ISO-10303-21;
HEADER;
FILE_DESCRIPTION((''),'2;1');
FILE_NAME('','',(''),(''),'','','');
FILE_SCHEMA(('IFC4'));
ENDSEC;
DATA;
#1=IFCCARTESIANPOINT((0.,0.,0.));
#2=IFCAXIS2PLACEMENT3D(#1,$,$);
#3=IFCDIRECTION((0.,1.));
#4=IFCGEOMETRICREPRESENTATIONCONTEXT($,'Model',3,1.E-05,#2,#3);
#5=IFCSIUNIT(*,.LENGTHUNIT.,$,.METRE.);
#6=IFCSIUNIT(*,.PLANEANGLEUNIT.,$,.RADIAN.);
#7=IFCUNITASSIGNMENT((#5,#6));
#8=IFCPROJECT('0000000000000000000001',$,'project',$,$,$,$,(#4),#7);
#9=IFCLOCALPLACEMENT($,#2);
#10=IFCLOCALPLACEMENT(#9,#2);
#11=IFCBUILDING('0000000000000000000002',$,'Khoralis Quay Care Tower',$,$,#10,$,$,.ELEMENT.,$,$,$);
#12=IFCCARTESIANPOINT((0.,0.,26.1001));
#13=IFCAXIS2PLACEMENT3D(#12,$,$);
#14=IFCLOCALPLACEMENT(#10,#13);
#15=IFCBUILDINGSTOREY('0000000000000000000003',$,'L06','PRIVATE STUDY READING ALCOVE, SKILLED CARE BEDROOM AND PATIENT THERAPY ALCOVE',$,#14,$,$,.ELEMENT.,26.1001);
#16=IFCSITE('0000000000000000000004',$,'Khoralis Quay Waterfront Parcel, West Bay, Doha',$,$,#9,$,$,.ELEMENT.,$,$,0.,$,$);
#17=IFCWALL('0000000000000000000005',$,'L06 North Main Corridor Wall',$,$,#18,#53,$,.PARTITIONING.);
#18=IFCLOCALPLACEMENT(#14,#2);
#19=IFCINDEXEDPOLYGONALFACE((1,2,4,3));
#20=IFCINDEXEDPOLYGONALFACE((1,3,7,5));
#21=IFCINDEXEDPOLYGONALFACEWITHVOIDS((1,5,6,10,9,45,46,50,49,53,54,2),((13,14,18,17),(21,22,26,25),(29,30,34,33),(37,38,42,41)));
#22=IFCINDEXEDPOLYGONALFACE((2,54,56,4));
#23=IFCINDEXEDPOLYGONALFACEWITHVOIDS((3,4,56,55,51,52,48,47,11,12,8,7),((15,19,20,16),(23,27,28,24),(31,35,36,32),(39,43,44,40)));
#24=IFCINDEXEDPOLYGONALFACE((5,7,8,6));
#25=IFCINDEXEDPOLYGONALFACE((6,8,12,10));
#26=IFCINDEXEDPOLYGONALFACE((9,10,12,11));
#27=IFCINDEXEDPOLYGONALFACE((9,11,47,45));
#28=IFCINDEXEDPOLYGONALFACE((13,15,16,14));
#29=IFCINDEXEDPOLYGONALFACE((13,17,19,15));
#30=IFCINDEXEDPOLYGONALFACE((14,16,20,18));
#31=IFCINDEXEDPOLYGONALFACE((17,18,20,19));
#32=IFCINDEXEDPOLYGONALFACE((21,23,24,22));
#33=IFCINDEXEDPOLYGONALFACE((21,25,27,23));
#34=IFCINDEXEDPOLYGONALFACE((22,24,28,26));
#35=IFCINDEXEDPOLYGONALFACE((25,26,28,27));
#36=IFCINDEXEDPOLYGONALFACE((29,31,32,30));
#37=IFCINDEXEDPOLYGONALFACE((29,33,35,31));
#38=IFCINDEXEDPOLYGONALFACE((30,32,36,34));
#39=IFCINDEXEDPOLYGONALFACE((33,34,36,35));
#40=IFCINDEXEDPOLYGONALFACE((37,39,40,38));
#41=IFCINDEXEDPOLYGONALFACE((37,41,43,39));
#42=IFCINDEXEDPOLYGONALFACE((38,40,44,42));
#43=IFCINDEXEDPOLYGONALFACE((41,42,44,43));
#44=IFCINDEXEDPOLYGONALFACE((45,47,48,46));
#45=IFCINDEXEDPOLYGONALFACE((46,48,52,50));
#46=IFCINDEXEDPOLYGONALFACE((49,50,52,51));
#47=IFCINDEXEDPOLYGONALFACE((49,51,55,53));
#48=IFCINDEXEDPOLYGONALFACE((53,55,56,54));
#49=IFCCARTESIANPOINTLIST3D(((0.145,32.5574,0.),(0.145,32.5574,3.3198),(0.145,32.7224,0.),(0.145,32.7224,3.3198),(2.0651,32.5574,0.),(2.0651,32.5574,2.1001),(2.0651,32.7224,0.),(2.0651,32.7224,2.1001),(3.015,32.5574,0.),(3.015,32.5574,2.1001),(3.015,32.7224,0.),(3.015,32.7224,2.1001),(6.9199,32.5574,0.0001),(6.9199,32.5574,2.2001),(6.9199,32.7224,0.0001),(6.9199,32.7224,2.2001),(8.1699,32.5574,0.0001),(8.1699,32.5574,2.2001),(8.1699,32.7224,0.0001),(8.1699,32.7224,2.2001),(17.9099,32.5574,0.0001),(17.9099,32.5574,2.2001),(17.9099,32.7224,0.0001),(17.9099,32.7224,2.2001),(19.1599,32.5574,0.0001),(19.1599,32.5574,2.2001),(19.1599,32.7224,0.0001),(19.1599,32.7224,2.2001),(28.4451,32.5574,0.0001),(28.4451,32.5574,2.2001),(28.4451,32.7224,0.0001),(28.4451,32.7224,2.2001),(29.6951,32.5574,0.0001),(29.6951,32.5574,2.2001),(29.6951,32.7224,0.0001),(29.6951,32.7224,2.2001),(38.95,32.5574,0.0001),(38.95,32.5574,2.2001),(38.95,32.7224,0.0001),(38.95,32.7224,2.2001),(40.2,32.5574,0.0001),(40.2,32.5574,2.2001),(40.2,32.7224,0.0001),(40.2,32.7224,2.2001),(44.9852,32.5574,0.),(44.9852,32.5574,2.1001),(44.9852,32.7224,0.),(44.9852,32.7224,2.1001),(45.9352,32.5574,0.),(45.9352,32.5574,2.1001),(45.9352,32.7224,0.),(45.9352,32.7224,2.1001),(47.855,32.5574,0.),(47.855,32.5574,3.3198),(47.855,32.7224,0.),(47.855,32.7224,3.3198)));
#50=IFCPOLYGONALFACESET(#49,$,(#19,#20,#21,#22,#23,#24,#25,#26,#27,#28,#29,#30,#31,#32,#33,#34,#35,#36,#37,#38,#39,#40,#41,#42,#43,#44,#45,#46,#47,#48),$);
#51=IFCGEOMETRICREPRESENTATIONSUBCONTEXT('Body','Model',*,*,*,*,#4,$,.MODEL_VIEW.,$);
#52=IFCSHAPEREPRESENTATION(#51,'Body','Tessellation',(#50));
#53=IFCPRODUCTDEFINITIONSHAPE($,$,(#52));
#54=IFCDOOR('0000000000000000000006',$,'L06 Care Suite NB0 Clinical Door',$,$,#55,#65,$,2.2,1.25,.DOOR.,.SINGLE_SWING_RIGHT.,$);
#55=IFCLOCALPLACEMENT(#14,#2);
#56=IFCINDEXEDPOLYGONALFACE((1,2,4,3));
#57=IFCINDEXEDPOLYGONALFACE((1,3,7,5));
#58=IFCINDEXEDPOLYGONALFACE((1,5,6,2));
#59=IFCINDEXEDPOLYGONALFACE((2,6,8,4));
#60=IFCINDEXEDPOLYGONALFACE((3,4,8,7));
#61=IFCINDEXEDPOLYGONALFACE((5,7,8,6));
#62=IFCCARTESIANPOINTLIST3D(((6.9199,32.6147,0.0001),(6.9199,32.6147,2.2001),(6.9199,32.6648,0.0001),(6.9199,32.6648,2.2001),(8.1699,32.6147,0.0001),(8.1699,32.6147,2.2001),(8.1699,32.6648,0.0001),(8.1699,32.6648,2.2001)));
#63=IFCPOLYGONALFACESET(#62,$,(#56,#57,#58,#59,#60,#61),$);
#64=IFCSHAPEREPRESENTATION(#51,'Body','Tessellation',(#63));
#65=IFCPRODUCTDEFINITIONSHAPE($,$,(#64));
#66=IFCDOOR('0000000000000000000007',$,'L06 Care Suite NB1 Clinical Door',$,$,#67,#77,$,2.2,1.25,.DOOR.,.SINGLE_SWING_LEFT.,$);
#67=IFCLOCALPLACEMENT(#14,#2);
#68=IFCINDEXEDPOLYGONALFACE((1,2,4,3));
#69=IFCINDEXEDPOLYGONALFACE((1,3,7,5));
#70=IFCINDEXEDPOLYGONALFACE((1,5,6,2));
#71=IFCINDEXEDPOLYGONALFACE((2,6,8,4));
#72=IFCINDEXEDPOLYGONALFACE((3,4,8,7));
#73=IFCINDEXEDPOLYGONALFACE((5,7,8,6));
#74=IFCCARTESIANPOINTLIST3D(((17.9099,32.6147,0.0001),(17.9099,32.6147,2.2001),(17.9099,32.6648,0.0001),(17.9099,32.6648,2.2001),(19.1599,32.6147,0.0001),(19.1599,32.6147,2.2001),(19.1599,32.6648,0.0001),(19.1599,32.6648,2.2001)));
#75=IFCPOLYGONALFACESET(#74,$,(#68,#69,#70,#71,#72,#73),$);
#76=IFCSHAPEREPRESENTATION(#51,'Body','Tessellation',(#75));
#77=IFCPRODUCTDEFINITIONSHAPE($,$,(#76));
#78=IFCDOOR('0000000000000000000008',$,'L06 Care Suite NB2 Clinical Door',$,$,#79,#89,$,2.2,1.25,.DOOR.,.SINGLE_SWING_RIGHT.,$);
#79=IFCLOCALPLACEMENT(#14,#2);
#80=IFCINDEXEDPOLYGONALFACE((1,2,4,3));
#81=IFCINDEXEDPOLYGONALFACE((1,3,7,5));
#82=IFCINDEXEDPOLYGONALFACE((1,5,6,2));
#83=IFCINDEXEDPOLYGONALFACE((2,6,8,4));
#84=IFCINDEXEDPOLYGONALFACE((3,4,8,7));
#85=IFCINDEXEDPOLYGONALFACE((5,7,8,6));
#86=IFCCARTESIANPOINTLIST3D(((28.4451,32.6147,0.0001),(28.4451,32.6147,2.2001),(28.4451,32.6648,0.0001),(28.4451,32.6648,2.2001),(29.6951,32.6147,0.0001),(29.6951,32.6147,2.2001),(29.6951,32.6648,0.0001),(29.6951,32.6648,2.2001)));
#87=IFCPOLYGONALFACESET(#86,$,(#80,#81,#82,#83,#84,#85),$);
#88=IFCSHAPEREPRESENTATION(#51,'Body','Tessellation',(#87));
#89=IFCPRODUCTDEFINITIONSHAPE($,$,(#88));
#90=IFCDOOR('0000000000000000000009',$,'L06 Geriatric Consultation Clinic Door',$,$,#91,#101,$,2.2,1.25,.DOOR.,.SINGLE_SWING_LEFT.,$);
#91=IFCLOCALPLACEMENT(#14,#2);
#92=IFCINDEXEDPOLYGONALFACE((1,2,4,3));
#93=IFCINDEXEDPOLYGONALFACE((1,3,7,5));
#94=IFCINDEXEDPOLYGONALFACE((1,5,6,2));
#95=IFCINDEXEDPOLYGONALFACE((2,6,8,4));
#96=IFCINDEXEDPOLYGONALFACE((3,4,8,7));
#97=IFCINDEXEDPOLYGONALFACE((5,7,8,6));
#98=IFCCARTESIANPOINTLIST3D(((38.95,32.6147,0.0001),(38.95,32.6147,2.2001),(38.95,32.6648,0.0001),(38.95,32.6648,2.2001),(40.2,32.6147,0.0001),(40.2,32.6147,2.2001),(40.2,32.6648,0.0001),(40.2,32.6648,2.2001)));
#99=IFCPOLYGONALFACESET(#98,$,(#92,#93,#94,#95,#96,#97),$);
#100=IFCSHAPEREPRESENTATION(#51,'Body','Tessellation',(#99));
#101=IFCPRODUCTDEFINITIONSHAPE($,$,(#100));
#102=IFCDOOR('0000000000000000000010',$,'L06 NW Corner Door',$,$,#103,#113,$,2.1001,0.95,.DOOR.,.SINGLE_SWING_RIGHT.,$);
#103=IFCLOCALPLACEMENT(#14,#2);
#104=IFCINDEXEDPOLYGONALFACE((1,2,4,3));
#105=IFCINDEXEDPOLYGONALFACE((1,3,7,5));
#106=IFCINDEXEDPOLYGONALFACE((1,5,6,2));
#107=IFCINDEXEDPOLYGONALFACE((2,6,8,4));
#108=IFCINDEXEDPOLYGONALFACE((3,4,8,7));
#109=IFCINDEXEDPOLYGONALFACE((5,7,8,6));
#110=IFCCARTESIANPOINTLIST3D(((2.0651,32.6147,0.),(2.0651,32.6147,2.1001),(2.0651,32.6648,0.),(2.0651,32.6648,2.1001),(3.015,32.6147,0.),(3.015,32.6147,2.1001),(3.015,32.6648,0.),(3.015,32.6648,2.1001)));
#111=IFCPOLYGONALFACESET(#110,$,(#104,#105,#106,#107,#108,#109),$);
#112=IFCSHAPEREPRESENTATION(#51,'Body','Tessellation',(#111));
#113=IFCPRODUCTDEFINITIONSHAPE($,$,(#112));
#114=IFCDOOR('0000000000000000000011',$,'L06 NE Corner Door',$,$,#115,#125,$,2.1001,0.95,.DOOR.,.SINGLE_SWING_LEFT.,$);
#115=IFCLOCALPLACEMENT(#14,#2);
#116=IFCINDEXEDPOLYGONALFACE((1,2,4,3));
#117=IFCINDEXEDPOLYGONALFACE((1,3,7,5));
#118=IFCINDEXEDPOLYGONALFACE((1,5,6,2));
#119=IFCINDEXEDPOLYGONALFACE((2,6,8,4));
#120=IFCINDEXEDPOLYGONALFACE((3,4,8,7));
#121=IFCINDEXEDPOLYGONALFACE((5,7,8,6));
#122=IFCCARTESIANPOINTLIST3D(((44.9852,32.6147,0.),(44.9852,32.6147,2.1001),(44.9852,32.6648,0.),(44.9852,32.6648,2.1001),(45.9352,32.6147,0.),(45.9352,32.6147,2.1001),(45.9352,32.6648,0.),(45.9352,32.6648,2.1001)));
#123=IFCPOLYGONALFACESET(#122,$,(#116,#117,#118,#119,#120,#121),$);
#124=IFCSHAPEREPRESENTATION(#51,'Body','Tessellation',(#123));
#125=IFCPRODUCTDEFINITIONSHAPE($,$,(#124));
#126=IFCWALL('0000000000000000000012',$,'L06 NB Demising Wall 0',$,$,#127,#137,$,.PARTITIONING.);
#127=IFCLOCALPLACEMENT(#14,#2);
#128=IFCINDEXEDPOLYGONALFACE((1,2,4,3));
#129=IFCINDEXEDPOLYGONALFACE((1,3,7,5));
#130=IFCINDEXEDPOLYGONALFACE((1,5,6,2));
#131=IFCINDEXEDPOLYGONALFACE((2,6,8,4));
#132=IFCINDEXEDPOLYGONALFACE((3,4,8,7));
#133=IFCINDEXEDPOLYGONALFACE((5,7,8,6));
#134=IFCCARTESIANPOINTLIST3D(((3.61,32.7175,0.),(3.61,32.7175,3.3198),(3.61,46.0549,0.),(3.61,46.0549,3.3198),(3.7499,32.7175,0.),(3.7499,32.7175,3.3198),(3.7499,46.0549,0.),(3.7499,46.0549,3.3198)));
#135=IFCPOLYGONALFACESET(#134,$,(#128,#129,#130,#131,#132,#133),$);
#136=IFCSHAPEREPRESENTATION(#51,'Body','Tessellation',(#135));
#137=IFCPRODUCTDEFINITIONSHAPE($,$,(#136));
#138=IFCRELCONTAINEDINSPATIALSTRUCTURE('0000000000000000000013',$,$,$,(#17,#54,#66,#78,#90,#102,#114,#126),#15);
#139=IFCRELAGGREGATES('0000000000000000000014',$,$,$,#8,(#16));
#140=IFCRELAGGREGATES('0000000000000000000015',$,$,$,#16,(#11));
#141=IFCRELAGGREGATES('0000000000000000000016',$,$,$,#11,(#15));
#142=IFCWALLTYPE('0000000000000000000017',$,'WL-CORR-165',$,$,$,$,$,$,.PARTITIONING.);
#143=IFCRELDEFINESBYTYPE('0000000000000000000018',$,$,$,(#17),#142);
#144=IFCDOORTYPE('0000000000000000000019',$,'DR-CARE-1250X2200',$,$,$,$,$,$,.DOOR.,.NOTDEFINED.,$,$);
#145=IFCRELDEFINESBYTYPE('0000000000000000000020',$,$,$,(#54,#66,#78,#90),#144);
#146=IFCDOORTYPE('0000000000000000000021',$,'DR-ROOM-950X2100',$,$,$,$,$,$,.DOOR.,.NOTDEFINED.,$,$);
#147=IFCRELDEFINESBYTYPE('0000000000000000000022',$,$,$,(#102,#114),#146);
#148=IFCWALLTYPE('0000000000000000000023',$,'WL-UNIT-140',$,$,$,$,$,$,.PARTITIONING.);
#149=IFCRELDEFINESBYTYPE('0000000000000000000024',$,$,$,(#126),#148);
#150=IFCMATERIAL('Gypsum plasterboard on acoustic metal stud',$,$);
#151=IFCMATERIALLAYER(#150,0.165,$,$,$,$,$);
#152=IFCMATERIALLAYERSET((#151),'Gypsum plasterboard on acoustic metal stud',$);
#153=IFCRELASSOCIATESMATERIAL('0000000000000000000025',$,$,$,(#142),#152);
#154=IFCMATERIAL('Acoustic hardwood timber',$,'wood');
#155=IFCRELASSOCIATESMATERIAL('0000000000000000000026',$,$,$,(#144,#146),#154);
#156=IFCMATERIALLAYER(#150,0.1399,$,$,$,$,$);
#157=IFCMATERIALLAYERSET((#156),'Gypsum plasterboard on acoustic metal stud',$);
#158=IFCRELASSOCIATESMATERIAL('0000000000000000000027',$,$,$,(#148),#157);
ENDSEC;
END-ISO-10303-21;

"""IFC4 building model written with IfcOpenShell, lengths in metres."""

from ifc_helpers import new_model, si_unit, direction, frame, frame_2d, origin, place, context, subcontext, project, spatial, rectangle, extrude, source, transform, mapped, material, layer, layer_set, type_object, element, fill, save


model = new_model("IFC4")

# Units and contexts
model_context = context("Model", 3, precision=1e-05, world=origin(), true_north=direction((0.0, 1.0)))
body_context = subcontext(model_context, "Body", "Model", "MODEL_VIEW")
ifc_project = project(units=[si_unit("LENGTHUNIT", "METRE"), si_unit("PLANEANGLEUNIT", "RADIAN")], contexts=[model_context])

# Site, building, storey
site_placement = place(None, origin())
site = spatial("IfcSite", under=ifc_project, at=site_placement, Name="Khoralis Quay Waterfront Parcel, West Bay, Doha", CompositionType="ELEMENT", RefElevation=0.0)
building_placement = place(site_placement, origin())
building = spatial("IfcBuilding", under=site, at=building_placement, Name="Khoralis Quay Care Tower", CompositionType="ELEMENT")
storey_placement = place(building_placement, frame((0.0, 0.0, 26.1001)))
storey = spatial("IfcBuildingStorey", under=building, at=storey_placement, Name="L06", Description="PRIVATE STUDY READING ALCOVE, SKILLED CARE BEDROOM AND PATIENT THERAPY ALCOVE", CompositionType="ELEMENT", Elevation=26.1001)

# Wall, openings, doors
ifc_material_1 = material(Name="Gypsum plasterboard on acoustic metal stud")
ifc_layer_1 = layer(ifc_material_1, 0.165)
ifc_layer_set_1 = layer_set([ifc_layer_1], Name="Gypsum plasterboard on acoustic metal stud")
wall_type_1 = type_object("IfcWallType", Name="WL-CORR-165", PredefinedType="PARTITIONING", material=ifc_layer_set_1)
wall_1_placement = place(storey_placement, frame((0.145, 32.6399, 0.0), z_axis=(0.0, 0.0, 1.0), x_axis=(1.0, 0.0, 0.0)))
wall_1 = element("IfcWall", 1, at=wall_1_placement, inside=storey, type_object=wall_type_1, Name="L06 North Main Corridor Wall", PredefinedType="PARTITIONING", context=body_context, shape_type="SweptSolid", body=[
    extrude(rectangle(XDim=47.71, YDim=0.165, at=frame_2d((23.855, 0.0))), origin(), (0.0, 0.0, 1.0), 3.3198),
])
opening_1_placement = place(wall_1_placement, frame((6.7749, 0.0, 0.0)))
opening_1 = element("IfcOpeningElement", 2, at=opening_1_placement, cuts=wall_1, PredefinedType="OPENING", context=body_context, shape_type="SweptSolid", body=[
    extrude(rectangle(XDim=1.25, YDim=2.2, at=frame_2d((0.625, 1.1001))), frame((0.0, 0.0925, 0.0), z_axis=(0.0, -1.0, 0.0), x_axis=(1.0, 0.0, 0.0)), (0.0, 0.0, 1.0), 0.1851),
])
opening_2_placement = place(wall_1_placement, frame((17.7649, 0.0, 0.0)))
opening_2 = element("IfcOpeningElement", 3, at=opening_2_placement, cuts=wall_1, PredefinedType="OPENING", context=body_context, shape_type="SweptSolid", body=[
    extrude(rectangle(XDim=1.25, YDim=2.2, at=frame_2d((0.625, 1.1001))), frame((0.0, 0.0925, 0.0), z_axis=(0.0, -1.0, 0.0), x_axis=(1.0, 0.0, 0.0)), (0.0, 0.0, 1.0), 0.1851),
])
opening_3_placement = place(wall_1_placement, frame((28.3, 0.0, 0.0)))
opening_3 = element("IfcOpeningElement", 4, at=opening_3_placement, cuts=wall_1, PredefinedType="OPENING", context=body_context, shape_type="SweptSolid", body=[
    extrude(rectangle(XDim=1.25, YDim=2.2, at=frame_2d((0.625, 1.1001))), frame((0.0, 0.0925, 0.0), z_axis=(0.0, -1.0, 0.0), x_axis=(1.0, 0.0, 0.0)), (0.0, 0.0, 1.0), 0.1851),
])
opening_4_placement = place(wall_1_placement, frame((38.8049, 0.0, 0.0)))
opening_4 = element("IfcOpeningElement", 5, at=opening_4_placement, cuts=wall_1, PredefinedType="OPENING", context=body_context, shape_type="SweptSolid", body=[
    extrude(rectangle(XDim=1.25, YDim=2.2, at=frame_2d((0.625, 1.1001))), frame((0.0, 0.0925, 0.0), z_axis=(0.0, -1.0, 0.0), x_axis=(1.0, 0.0, 0.0)), (0.0, 0.0, 1.0), 0.1851),
])
opening_5_placement = place(wall_1_placement, frame((1.9199, 0.0, 0.0)))
opening_5 = element("IfcOpeningElement", 6, at=opening_5_placement, cuts=wall_1, PredefinedType="OPENING", context=body_context, shape_type="SweptSolid", body=[
    extrude(rectangle(XDim=0.95, YDim=2.1001, at=frame_2d((0.4751, 1.05))), frame((0.0, 0.0925, 0.0), z_axis=(0.0, -1.0, 0.0), x_axis=(1.0, 0.0, 0.0)), (0.0, 0.0, 1.0), 0.1851),
])
opening_6_placement = place(wall_1_placement, frame((44.8401, 0.0, 0.0)))
opening_6 = element("IfcOpeningElement", 7, at=opening_6_placement, cuts=wall_1, PredefinedType="OPENING", context=body_context, shape_type="SweptSolid", body=[
    extrude(rectangle(XDim=0.95, YDim=2.1001, at=frame_2d((0.4751, 1.05))), frame((0.0, 0.0925, 0.0), z_axis=(0.0, -1.0, 0.0), x_axis=(1.0, 0.0, 0.0)), (0.0, 0.0, 1.0), 0.1851),
])
ifc_material_2 = material(Name="Acoustic hardwood timber", Category="wood")
door_type_1 = type_object("IfcDoorType", Name="DR-CARE-1250X2200", OperationType="NOTDEFINED", PredefinedType="DOOR", material=ifc_material_2)
shared_shape_1 = source(origin(), body_context, "Body", "SweptSolid", [
    extrude(rectangle(XDim=1.25, YDim=2.2, at=frame_2d((0.625, 1.1001))), frame((0.0, 0.0249, 0.0), z_axis=(0.0, -1.0, 0.0), x_axis=(1.0, 0.0, 0.0)), (0.0, 0.0, 1.0), 0.05),
])
door_1_placement = place(opening_1_placement, origin())
door_1 = element("IfcDoor", 8, at=door_1_placement, inside=storey, type_object=door_type_1, Name="L06 Care Suite NB0 Clinical Door", OperationType="SINGLE_SWING_RIGHT", OverallHeight=2.2, OverallWidth=1.25, PredefinedType="DOOR", context=body_context, shape_type="MappedRepresentation", body=[
    mapped(shared_shape_1, transform((0.0, 0.0, 0.0), scale=1.0)),
])
fill(opening_1, door_1)
door_2_placement = place(opening_2_placement, origin())
door_2 = element("IfcDoor", 9, at=door_2_placement, inside=storey, type_object=door_type_1, Name="L06 Care Suite NB1 Clinical Door", OperationType="SINGLE_SWING_LEFT", OverallHeight=2.2, OverallWidth=1.25, PredefinedType="DOOR", context=body_context, shape_type="MappedRepresentation", body=[
    mapped(shared_shape_1, transform((0.0, 0.0, 0.0), scale=1.0)),
])
fill(opening_2, door_2)
door_3_placement = place(opening_3_placement, origin())
door_3 = element("IfcDoor", 10, at=door_3_placement, inside=storey, type_object=door_type_1, Name="L06 Care Suite NB2 Clinical Door", OperationType="SINGLE_SWING_RIGHT", OverallHeight=2.2, OverallWidth=1.25, PredefinedType="DOOR", context=body_context, shape_type="MappedRepresentation", body=[
    mapped(shared_shape_1, transform((0.0, 0.0, 0.0), scale=1.0)),
])
fill(opening_3, door_3)
door_4_placement = place(opening_4_placement, origin())
door_4 = element("IfcDoor", 11, at=door_4_placement, inside=storey, type_object=door_type_1, Name="L06 Geriatric Consultation Clinic Door", OperationType="SINGLE_SWING_LEFT", OverallHeight=2.2, OverallWidth=1.25, PredefinedType="DOOR", context=body_context, shape_type="MappedRepresentation", body=[
    mapped(shared_shape_1, transform((0.0, 0.0, 0.0), scale=1.0)),
])
fill(opening_4, door_4)
door_type_2 = type_object("IfcDoorType", Name="DR-ROOM-950X2100", OperationType="NOTDEFINED", PredefinedType="DOOR", material=ifc_material_2)
shared_shape_2 = source(origin(), body_context, "Body", "SweptSolid", [
    extrude(rectangle(XDim=0.95, YDim=2.1001, at=frame_2d((0.4751, 1.05))), frame((0.0, 0.0249, 0.0), z_axis=(0.0, -1.0, 0.0), x_axis=(1.0, 0.0, 0.0)), (0.0, 0.0, 1.0), 0.05),
])
door_5_placement = place(opening_5_placement, origin())
door_5 = element("IfcDoor", 12, at=door_5_placement, inside=storey, type_object=door_type_2, Name="L06 NW Corner Door", OperationType="SINGLE_SWING_RIGHT", OverallHeight=2.1001, OverallWidth=0.95, PredefinedType="DOOR", context=body_context, shape_type="MappedRepresentation", body=[
    mapped(shared_shape_2, transform((0.0, 0.0, 0.0), scale=1.0)),
])
fill(opening_5, door_5)
door_6_placement = place(opening_6_placement, origin())
door_6 = element("IfcDoor", 13, at=door_6_placement, inside=storey, type_object=door_type_2, Name="L06 NE Corner Door", OperationType="SINGLE_SWING_LEFT", OverallHeight=2.1001, OverallWidth=0.95, PredefinedType="DOOR", context=body_context, shape_type="MappedRepresentation", body=[
    mapped(shared_shape_2, transform((0.0, 0.0, 0.0), scale=1.0)),
])
fill(opening_6, door_6)

# Wall
ifc_layer_2 = layer(ifc_material_1, 0.1399)
ifc_layer_set_2 = layer_set([ifc_layer_2], Name="Gypsum plasterboard on acoustic metal stud")
wall_type_2 = type_object("IfcWallType", Name="WL-UNIT-140", PredefinedType="PARTITIONING", material=ifc_layer_set_2)
wall_2_placement = place(storey_placement, frame((3.6799, 32.7175, 0.0), z_axis=(0.0, 0.0, 1.0), x_axis=(0.0, 1.0, 0.0)))
element("IfcWall", 14, at=wall_2_placement, inside=storey, type_object=wall_type_2, Name="L06 NB Demising Wall 0", PredefinedType="PARTITIONING", context=body_context, shape_type="SweptSolid", body=[
    extrude(rectangle(XDim=13.3374, YDim=0.1399, at=frame_2d((6.6687, 0.0))), origin(), (0.0, 0.0, 1.0), 3.3198),
])

save(model, "model.ifc")
